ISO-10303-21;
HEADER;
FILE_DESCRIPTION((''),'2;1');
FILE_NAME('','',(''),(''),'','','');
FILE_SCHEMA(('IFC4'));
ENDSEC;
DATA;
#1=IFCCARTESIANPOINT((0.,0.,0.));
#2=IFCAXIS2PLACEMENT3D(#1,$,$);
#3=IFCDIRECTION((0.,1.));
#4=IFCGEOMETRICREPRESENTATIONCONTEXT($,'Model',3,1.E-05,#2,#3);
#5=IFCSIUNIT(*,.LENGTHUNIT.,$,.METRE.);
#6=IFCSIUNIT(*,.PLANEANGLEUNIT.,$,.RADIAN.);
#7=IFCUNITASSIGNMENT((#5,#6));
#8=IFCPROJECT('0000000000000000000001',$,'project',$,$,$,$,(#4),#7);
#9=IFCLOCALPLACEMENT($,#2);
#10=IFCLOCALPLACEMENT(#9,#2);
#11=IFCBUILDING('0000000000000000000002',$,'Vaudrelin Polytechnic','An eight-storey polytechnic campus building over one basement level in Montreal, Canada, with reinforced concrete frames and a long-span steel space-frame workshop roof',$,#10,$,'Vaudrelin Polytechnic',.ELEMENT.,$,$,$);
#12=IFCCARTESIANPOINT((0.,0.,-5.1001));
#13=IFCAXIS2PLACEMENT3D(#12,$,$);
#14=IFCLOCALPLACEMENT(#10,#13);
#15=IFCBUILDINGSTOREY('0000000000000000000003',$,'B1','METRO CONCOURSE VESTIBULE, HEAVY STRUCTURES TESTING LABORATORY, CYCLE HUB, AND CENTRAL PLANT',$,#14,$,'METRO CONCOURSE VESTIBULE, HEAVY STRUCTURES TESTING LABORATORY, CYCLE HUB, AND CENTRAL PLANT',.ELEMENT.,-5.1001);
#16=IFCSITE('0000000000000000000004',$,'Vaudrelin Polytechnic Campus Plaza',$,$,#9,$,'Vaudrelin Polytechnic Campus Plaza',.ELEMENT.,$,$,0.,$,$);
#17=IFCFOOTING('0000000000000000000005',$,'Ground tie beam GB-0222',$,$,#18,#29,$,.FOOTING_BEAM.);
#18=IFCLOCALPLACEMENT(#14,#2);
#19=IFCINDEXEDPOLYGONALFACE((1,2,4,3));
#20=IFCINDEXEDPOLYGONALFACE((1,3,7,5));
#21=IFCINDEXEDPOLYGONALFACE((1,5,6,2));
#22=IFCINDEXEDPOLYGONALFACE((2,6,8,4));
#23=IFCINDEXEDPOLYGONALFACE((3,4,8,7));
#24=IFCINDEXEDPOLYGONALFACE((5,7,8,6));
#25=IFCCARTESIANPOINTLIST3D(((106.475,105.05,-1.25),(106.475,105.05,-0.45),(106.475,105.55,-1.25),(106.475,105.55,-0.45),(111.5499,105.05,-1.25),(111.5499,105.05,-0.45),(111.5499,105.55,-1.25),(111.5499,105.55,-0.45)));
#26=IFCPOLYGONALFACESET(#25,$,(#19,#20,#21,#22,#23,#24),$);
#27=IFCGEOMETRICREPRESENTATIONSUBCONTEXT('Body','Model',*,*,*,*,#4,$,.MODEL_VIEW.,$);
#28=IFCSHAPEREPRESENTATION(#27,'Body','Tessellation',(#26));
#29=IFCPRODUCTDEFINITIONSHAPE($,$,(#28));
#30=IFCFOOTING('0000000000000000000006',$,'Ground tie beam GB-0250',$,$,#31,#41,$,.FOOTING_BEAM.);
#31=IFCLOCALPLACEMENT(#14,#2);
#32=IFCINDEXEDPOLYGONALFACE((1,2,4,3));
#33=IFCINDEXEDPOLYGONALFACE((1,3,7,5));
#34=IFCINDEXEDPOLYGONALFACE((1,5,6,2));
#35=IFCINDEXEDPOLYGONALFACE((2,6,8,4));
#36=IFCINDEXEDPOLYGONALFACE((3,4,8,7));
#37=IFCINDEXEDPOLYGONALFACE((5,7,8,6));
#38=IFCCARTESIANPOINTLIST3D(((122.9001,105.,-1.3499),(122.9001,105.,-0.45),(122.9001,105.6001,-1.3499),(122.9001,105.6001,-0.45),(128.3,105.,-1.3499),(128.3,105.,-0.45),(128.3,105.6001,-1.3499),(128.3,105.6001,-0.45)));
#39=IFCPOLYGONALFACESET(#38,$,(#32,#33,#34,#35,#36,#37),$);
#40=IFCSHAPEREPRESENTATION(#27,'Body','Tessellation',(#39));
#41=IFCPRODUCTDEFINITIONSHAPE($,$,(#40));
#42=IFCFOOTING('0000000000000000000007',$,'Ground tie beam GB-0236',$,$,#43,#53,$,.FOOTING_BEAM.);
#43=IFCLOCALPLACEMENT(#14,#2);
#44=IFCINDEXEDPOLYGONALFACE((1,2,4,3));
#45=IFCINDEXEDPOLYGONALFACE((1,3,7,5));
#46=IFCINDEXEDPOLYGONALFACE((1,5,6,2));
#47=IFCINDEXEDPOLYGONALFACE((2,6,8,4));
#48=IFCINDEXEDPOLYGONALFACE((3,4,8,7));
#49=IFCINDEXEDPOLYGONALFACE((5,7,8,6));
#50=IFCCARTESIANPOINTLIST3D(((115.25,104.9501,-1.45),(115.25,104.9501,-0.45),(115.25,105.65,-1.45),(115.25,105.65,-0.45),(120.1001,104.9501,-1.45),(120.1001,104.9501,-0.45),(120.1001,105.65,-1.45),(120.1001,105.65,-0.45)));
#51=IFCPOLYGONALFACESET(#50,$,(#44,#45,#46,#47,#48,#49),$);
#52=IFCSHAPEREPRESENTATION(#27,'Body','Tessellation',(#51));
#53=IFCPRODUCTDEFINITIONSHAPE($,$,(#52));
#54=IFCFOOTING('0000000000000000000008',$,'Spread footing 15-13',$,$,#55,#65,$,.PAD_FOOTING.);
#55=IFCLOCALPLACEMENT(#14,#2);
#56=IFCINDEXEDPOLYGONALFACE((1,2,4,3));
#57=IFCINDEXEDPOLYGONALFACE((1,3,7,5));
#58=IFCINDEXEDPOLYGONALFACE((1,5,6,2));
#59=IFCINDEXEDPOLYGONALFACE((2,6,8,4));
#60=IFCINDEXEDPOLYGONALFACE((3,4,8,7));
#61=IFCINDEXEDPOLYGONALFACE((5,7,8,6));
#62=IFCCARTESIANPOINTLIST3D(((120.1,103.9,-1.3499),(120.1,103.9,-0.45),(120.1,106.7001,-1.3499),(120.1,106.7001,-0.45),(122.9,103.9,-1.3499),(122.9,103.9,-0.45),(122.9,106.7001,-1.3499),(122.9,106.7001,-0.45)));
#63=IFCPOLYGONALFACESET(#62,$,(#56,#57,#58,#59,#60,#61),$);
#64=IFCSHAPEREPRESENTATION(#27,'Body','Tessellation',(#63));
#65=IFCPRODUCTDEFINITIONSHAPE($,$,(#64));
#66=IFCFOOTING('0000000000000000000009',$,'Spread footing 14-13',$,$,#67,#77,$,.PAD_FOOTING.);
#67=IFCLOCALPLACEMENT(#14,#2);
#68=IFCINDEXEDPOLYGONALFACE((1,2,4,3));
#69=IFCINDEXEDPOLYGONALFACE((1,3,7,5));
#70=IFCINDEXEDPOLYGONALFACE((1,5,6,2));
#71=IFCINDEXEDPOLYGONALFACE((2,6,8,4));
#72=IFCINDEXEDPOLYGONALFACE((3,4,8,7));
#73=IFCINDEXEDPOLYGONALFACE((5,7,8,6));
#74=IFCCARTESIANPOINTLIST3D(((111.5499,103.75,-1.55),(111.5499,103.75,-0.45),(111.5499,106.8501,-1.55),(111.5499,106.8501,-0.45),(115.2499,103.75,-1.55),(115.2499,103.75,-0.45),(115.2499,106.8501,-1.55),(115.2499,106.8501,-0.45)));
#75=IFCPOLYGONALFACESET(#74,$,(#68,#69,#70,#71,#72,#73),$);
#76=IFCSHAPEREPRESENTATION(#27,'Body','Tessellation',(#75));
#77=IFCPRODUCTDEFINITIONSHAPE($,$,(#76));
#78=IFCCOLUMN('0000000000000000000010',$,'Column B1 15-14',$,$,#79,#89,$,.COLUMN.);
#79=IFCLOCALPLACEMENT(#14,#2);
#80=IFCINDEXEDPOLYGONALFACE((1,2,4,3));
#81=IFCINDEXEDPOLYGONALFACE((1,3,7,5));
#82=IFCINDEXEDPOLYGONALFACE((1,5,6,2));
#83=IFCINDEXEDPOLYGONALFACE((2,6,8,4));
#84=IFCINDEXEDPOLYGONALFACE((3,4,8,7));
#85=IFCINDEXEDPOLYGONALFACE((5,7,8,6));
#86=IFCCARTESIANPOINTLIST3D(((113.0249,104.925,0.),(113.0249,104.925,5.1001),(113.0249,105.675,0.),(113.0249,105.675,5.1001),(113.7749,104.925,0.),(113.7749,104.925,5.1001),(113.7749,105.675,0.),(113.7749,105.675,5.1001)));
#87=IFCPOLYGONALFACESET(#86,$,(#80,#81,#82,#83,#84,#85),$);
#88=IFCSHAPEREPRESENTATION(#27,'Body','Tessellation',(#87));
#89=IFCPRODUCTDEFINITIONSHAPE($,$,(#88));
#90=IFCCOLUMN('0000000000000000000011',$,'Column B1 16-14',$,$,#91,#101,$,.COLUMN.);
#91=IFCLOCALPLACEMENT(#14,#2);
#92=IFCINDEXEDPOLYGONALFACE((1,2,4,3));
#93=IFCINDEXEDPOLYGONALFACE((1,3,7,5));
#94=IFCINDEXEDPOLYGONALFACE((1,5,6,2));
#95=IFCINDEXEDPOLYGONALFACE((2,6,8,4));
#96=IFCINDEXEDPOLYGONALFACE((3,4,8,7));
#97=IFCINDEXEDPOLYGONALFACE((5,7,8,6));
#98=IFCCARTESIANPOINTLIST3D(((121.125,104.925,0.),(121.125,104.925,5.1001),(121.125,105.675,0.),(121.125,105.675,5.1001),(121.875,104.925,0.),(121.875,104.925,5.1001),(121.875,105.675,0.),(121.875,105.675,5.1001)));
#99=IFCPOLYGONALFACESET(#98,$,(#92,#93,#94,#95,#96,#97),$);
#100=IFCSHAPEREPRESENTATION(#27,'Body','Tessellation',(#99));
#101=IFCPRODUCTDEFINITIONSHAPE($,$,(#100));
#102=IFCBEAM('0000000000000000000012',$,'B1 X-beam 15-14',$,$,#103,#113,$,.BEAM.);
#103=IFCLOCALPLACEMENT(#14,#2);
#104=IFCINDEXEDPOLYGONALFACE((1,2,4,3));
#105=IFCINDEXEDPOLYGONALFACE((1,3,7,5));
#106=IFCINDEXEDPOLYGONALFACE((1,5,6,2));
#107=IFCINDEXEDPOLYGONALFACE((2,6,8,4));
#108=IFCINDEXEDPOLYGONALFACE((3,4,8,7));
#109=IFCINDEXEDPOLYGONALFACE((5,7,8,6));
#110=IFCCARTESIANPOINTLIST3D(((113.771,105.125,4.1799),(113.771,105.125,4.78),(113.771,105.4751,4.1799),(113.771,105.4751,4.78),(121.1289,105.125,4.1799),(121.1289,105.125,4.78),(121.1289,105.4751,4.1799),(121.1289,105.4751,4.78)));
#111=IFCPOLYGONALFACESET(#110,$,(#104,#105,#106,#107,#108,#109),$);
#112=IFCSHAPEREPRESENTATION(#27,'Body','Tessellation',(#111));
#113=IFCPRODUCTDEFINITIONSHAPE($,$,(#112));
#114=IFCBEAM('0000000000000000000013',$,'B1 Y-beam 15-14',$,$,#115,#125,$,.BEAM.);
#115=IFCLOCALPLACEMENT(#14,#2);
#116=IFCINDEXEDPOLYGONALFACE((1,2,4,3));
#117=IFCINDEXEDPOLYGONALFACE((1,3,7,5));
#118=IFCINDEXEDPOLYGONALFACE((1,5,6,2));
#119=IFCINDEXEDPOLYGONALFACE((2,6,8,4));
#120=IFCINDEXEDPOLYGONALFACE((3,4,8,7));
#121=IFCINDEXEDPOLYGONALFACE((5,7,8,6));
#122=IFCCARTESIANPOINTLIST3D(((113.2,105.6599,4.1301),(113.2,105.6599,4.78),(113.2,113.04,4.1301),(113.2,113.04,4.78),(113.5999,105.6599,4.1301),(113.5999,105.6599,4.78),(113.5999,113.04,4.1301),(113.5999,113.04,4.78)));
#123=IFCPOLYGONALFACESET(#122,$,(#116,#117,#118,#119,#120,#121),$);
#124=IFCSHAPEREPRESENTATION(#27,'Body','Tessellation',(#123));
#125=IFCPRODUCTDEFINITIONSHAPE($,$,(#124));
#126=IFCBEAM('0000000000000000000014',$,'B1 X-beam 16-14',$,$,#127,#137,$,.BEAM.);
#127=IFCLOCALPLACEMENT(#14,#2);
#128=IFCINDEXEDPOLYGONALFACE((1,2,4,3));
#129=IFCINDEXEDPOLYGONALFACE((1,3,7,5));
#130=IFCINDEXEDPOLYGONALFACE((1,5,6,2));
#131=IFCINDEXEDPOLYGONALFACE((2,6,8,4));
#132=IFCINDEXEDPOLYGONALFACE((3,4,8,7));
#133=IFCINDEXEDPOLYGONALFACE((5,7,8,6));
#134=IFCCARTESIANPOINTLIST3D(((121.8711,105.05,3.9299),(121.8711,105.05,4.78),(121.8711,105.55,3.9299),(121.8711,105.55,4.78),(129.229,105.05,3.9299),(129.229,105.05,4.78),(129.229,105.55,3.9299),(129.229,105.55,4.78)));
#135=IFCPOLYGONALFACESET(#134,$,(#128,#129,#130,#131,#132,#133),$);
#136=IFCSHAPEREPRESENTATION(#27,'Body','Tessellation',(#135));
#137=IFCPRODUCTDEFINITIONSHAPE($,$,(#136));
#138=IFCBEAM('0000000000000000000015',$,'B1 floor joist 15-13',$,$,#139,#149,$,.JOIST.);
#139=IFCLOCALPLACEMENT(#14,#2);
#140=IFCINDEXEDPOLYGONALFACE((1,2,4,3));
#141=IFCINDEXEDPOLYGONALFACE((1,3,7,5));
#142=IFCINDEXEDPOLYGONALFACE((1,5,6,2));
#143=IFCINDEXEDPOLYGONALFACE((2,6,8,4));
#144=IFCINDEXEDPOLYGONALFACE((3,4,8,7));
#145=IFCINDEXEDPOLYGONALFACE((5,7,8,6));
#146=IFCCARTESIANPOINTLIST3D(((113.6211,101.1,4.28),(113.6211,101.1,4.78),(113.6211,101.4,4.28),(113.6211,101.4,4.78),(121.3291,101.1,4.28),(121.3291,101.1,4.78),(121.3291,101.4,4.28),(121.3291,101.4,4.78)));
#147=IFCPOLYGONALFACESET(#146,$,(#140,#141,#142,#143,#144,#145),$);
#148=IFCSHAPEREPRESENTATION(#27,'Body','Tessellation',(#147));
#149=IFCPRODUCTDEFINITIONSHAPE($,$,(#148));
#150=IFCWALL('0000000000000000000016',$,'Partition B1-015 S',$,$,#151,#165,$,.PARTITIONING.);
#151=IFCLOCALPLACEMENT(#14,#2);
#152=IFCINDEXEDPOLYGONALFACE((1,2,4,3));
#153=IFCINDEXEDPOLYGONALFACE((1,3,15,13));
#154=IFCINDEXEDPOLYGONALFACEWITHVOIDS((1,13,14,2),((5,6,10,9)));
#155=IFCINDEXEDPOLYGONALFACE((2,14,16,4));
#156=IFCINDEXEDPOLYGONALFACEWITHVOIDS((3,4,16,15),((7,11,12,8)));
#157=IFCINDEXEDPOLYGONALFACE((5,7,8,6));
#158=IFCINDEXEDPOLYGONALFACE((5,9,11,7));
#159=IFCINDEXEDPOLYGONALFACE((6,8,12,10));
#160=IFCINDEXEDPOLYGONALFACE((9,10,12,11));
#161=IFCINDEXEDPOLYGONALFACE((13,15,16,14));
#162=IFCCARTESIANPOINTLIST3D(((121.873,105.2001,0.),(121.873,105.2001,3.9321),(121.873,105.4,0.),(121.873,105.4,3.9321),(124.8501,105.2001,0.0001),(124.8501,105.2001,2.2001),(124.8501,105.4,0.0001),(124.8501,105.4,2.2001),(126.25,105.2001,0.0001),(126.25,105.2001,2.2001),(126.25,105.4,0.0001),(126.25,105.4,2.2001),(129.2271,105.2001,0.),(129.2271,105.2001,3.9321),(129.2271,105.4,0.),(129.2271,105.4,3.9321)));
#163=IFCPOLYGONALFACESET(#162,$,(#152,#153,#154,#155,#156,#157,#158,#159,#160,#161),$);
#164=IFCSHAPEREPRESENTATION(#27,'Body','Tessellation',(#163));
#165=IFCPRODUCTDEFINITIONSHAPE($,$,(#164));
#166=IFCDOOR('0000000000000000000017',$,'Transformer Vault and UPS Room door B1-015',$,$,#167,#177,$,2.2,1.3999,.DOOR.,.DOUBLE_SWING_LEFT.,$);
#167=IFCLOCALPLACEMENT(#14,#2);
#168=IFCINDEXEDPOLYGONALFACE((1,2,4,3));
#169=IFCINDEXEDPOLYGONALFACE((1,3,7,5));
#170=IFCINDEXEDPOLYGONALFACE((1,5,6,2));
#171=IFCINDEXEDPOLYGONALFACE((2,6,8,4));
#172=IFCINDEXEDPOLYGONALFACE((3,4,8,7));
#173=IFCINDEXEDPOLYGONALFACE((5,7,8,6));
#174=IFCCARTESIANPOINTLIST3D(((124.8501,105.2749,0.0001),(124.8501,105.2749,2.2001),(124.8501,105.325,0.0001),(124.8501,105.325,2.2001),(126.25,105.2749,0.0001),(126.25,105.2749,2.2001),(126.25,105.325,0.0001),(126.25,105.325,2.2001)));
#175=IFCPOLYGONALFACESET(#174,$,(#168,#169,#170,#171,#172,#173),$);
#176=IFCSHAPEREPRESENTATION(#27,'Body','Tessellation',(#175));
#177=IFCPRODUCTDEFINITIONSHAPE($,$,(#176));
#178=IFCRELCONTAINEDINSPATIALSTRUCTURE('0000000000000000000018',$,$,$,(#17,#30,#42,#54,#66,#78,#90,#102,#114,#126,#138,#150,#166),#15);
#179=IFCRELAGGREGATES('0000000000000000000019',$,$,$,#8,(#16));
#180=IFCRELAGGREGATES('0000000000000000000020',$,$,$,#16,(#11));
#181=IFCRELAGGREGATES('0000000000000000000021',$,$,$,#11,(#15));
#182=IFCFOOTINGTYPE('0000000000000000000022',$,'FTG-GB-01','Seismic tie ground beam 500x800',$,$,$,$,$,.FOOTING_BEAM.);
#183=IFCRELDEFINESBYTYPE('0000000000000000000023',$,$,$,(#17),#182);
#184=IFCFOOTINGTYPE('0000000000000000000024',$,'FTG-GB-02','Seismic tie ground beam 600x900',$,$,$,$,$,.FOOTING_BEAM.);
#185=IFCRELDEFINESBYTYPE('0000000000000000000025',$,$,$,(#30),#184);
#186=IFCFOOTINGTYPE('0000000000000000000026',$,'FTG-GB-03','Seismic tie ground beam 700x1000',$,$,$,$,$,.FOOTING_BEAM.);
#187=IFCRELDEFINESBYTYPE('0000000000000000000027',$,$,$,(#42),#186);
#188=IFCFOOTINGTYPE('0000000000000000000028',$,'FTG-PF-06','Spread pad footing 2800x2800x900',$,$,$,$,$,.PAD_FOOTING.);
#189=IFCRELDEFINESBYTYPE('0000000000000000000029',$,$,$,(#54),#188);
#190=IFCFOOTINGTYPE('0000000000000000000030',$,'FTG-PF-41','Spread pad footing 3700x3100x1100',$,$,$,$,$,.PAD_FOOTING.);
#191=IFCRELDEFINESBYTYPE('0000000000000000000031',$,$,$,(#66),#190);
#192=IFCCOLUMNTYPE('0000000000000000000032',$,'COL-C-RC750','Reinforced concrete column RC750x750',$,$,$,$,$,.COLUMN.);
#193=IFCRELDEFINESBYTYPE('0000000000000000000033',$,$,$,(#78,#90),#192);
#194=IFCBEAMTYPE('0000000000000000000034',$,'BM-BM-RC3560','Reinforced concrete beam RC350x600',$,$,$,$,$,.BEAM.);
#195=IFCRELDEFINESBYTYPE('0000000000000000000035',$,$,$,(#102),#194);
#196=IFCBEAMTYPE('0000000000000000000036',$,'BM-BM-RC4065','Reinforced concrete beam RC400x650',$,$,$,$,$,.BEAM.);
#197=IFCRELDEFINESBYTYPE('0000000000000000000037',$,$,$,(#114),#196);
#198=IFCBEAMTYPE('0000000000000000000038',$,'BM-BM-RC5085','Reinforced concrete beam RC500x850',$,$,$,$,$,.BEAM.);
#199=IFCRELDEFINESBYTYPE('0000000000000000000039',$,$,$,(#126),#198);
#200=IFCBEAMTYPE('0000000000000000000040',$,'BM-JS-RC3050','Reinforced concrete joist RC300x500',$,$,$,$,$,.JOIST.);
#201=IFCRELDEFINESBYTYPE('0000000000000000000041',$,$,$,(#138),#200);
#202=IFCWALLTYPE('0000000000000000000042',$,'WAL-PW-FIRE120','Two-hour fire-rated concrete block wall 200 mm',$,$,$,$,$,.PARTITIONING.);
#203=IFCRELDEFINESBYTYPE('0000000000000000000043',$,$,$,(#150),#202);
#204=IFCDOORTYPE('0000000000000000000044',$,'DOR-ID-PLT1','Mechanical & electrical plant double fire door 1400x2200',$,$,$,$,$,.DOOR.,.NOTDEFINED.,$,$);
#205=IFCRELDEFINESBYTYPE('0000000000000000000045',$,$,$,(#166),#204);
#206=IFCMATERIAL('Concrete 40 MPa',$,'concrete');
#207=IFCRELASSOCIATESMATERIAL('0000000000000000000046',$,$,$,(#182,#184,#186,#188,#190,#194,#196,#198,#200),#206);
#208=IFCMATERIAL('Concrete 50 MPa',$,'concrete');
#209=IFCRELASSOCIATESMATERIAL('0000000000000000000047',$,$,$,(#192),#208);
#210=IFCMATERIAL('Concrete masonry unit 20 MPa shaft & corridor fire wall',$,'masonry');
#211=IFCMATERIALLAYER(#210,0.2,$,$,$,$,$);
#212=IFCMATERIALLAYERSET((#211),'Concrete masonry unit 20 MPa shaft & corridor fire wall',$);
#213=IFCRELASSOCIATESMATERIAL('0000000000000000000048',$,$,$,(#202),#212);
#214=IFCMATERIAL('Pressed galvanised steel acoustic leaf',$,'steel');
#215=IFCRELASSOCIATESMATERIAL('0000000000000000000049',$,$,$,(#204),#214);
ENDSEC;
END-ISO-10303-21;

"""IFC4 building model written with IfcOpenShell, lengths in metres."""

from ifc_helpers import new_model, si_unit, direction, frame, frame_2d, origin, origin_2d, place, context, subcontext, project, spatial, rectangle, extrude, material, layer, layer_set, material_profile, profile_set, type_object, element, fill, save


model = new_model("IFC4")

# Units and contexts
model_context = context("Model", 3, precision=1e-05, world=origin(), true_north=direction((0.0, 1.0)))
body_context = subcontext(model_context, "Body", "Model", "MODEL_VIEW")
ifc_project = project(units=[si_unit("LENGTHUNIT", "METRE"), si_unit("PLANEANGLEUNIT", "RADIAN")], contexts=[model_context])

# Site, building, storey
site_placement = place(None, origin())
site = spatial("IfcSite", under=ifc_project, at=site_placement, Name="Vaudrelin Polytechnic Campus Plaza", LongName="Vaudrelin Polytechnic Campus Plaza", CompositionType="ELEMENT", RefElevation=0.0)
building_placement = place(site_placement, origin())
building = spatial("IfcBuilding", under=site, at=building_placement, Name="Vaudrelin Polytechnic", Description="An eight-storey polytechnic campus building over one basement level in Montreal, Canada, with reinforced concrete frames and a long-span steel space-frame workshop roof", LongName="Vaudrelin Polytechnic", CompositionType="ELEMENT")
storey_placement = place(building_placement, frame((0.0, 0.0, -5.1001)))
storey = spatial("IfcBuildingStorey", under=building, at=storey_placement, Name="B1", Description="METRO CONCOURSE VESTIBULE, HEAVY STRUCTURES TESTING LABORATORY, CYCLE HUB, AND CENTRAL PLANT", LongName="METRO CONCOURSE VESTIBULE, HEAVY STRUCTURES TESTING LABORATORY, CYCLE HUB, AND CENTRAL PLANT", CompositionType="ELEMENT", Elevation=-5.1001)

# Footings
ifc_material_1 = material(Name="Concrete 40 MPa", Category="concrete")
footing_type_1 = type_object("IfcFootingType", Name="FTG-GB-01", Description="Seismic tie ground beam 500x800", PredefinedType="FOOTING_BEAM", material=ifc_material_1)
footing_1_placement = place(storey_placement, frame((109.0125, 105.3, -1.25), z_axis=(0.0, 0.0, 1.0), x_axis=(1.0, 0.0, 0.0)))
element("IfcFooting", 1, at=footing_1_placement, inside=storey, type_object=footing_type_1, Name="Ground tie beam GB-0222", PredefinedType="FOOTING_BEAM", context=body_context, shape_type="SweptSolid", body=[
    extrude(rectangle(XDim=5.075, YDim=0.5, at=origin_2d()), origin(), (0.0, 0.0, 1.0), 0.8),
])
footing_type_2 = type_object("IfcFootingType", Name="FTG-GB-02", Description="Seismic tie ground beam 600x900", PredefinedType="FOOTING_BEAM", material=ifc_material_1)
footing_2_placement = place(storey_placement, frame((125.6001, 105.3, -1.3499), z_axis=(0.0, 0.0, 1.0), x_axis=(1.0, 0.0, 0.0)))
element("IfcFooting", 2, at=footing_2_placement, inside=storey, type_object=footing_type_2, Name="Ground tie beam GB-0250", PredefinedType="FOOTING_BEAM", context=body_context, shape_type="SweptSolid", body=[
    extrude(rectangle(XDim=5.3999, YDim=0.6001, at=origin_2d()), origin(), (0.0, 0.0, 1.0), 0.8999),
])
footing_type_3 = type_object("IfcFootingType", Name="FTG-GB-03", Description="Seismic tie ground beam 700x1000", PredefinedType="FOOTING_BEAM", material=ifc_material_1)
footing_3_placement = place(storey_placement, frame((117.675, 105.3, -1.45), z_axis=(0.0, 0.0, 1.0), x_axis=(1.0, 0.0, 0.0)))
element("IfcFooting", 3, at=footing_3_placement, inside=storey, type_object=footing_type_3, Name="Ground tie beam GB-0236", PredefinedType="FOOTING_BEAM", context=body_context, shape_type="SweptSolid", body=[
    extrude(rectangle(XDim=4.8501, YDim=0.7, at=origin_2d()), origin(), (0.0, 0.0, 1.0), 1.0),
])
footing_type_4 = type_object("IfcFootingType", Name="FTG-PF-06", Description="Spread pad footing 2800x2800x900", PredefinedType="PAD_FOOTING", material=ifc_material_1)
footing_4_placement = place(storey_placement, frame((121.5, 105.3, -1.3499), z_axis=(0.0, 0.0, 1.0), x_axis=(1.0, 0.0, 0.0)))
element("IfcFooting", 4, at=footing_4_placement, inside=storey, type_object=footing_type_4, Name="Spread footing 15-13", PredefinedType="PAD_FOOTING", context=body_context, shape_type="SweptSolid", body=[
    extrude(rectangle(XDim=2.8, YDim=2.8, at=origin_2d()), origin(), (0.0, 0.0, 1.0), 0.8999),
])
footing_type_5 = type_object("IfcFootingType", Name="FTG-PF-41", Description="Spread pad footing 3700x3100x1100", PredefinedType="PAD_FOOTING", material=ifc_material_1)
footing_5_placement = place(storey_placement, frame((113.3999, 105.3, -1.55), z_axis=(0.0, 0.0, 1.0), x_axis=(1.0, 0.0, 0.0)))
element("IfcFooting", 5, at=footing_5_placement, inside=storey, type_object=footing_type_5, Name="Spread footing 14-13", PredefinedType="PAD_FOOTING", context=body_context, shape_type="SweptSolid", body=[
    extrude(rectangle(XDim=3.7, YDim=3.1001, at=origin_2d()), origin(), (0.0, 0.0, 1.0), 1.1001),
])

# Columns
ifc_material_2 = material(Name="Concrete 50 MPa", Category="concrete")
ifc_material_profile_1 = material_profile(ifc_material_2, rectangle(XDim=0.75, YDim=0.75, at=origin_2d()), Name="RC750x750")
ifc_profile_set_1 = profile_set([ifc_material_profile_1], Name="Concrete 50 MPa")
column_type = type_object("IfcColumnType", Name="COL-C-RC750", Description="Reinforced concrete column RC750x750", PredefinedType="COLUMN", material=ifc_profile_set_1)
for number, where, z_axis, x_axis, name in (
    (6, (113.3999, 105.3, 0.0), (0.0, 0.0, 1.0), (1.0, 0.0, 0.0), "Column B1 15-14"),
    (7, (121.5, 105.3, 0.0), (0.0, 0.0, 1.0), (1.0, 0.0, 0.0), "Column B1 16-14"),
):
    element("IfcColumn", number, at=place(storey_placement, frame(where, z_axis=z_axis, x_axis=x_axis)), inside=storey, type_object=column_type, Name=name, PredefinedType="COLUMN", context=body_context, shape_type="SweptSolid", body=[
        extrude(rectangle(XDim=0.75, YDim=0.75, at=origin_2d()), origin(), (0.0, 0.0, 1.0), 5.1001),
    ])

# Beams
ifc_material_profile_2 = material_profile(ifc_material_1, rectangle(XDim=0.3501, YDim=0.6001, at=origin_2d()), Name="RC350x600")
ifc_profile_set_2 = profile_set([ifc_material_profile_2], Name="Concrete 40 MPa")
beam_type_1 = type_object("IfcBeamType", Name="BM-BM-RC3560", Description="Reinforced concrete beam RC350x600", PredefinedType="BEAM", material=ifc_profile_set_2)
beam_1_placement = place(storey_placement, frame((113.771, 105.3, 4.48), z_axis=(1.0, 0.0, 0.0), x_axis=(0.0, 1.0, 0.0)))
element("IfcBeam", 8, at=beam_1_placement, inside=storey, type_object=beam_type_1, Name="B1 X-beam 15-14", PredefinedType="BEAM", context=body_context, shape_type="SweptSolid", body=[
    extrude(rectangle(XDim=0.3501, YDim=0.6001, at=origin_2d()), origin(), (0.0, 0.0, 1.0), 7.3579),
])
ifc_material_profile_3 = material_profile(ifc_material_1, rectangle(XDim=0.3999, YDim=0.6499, at=origin_2d()), Name="RC400x650")
ifc_profile_set_3 = profile_set([ifc_material_profile_3], Name="Concrete 40 MPa")
beam_type_2 = type_object("IfcBeamType", Name="BM-BM-RC4065", Description="Reinforced concrete beam RC400x650", PredefinedType="BEAM", material=ifc_profile_set_3)
beam_2_placement = place(storey_placement, frame((113.3999, 105.6599, 4.4551), z_axis=(0.0, 1.0, 0.0), x_axis=(-1.0, 0.0, 0.0)))
element("IfcBeam", 9, at=beam_2_placement, inside=storey, type_object=beam_type_2, Name="B1 Y-beam 15-14", PredefinedType="BEAM", context=body_context, shape_type="SweptSolid", body=[
    extrude(rectangle(XDim=0.3999, YDim=0.6499, at=origin_2d()), origin(), (0.0, 0.0, 1.0), 7.3801),
])
ifc_material_profile_4 = material_profile(ifc_material_1, rectangle(XDim=0.5, YDim=0.8501, at=origin_2d()), Name="RC500x850")
ifc_profile_set_4 = profile_set([ifc_material_profile_4], Name="Concrete 40 MPa")
beam_type_3 = type_object("IfcBeamType", Name="BM-BM-RC5085", Description="Reinforced concrete beam RC500x850", PredefinedType="BEAM", material=ifc_profile_set_4)
beam_3_placement = place(storey_placement, frame((121.8711, 105.3, 4.355), z_axis=(1.0, 0.0, 0.0), x_axis=(0.0, 1.0, 0.0)))
element("IfcBeam", 10, at=beam_3_placement, inside=storey, type_object=beam_type_3, Name="B1 X-beam 16-14", PredefinedType="BEAM", context=body_context, shape_type="SweptSolid", body=[
    extrude(rectangle(XDim=0.5, YDim=0.8501, at=origin_2d()), origin(), (0.0, 0.0, 1.0), 7.3579),
])
ifc_material_profile_5 = material_profile(ifc_material_1, rectangle(XDim=0.3, YDim=0.5, at=origin_2d()), Name="RC300x500")
ifc_profile_set_5 = profile_set([ifc_material_profile_5], Name="Concrete 40 MPa")
beam_type_4 = type_object("IfcBeamType", Name="BM-JS-RC3050", Description="Reinforced concrete joist RC300x500", PredefinedType="JOIST", material=ifc_profile_set_5)
beam_4_placement = place(storey_placement, frame((113.6211, 101.25, 4.53), z_axis=(1.0, 0.0, 0.0), x_axis=(0.0, 1.0, 0.0)))
element("IfcBeam", 11, at=beam_4_placement, inside=storey, type_object=beam_type_4, Name="B1 floor joist 15-13", PredefinedType="JOIST", context=body_context, shape_type="SweptSolid", body=[
    extrude(rectangle(XDim=0.3, YDim=0.5, at=origin_2d()), origin(), (0.0, 0.0, 1.0), 7.708),
])

# Wall, opening, door
ifc_material_3 = material(Name="Concrete masonry unit 20 MPa shaft & corridor fire wall", Category="masonry")
ifc_layer_1 = layer(ifc_material_3, 0.2)
ifc_layer_set_1 = layer_set([ifc_layer_1], Name="Concrete masonry unit 20 MPa shaft & corridor fire wall")
wall_type_1 = type_object("IfcWallType", Name="WAL-PW-FIRE120", Description="Two-hour fire-rated concrete block wall 200 mm", PredefinedType="PARTITIONING", material=ifc_layer_set_1)
wall_1_placement = place(storey_placement, frame((121.873, 105.3, 0.0), z_axis=(0.0, 0.0, 1.0), x_axis=(1.0, 0.0, 0.0)))
wall_1 = element("IfcWall", 12, at=wall_1_placement, inside=storey, type_object=wall_type_1, Name="Partition B1-015 S", PredefinedType="PARTITIONING", context=body_context, shape_type="SweptSolid", body=[
    extrude(rectangle(XDim=7.354, YDim=0.2, at=frame_2d((3.677, 0.0))), origin(), (0.0, 0.0, 1.0), 3.9321),
])
opening_1_placement = place(wall_1_placement, frame((2.9771, 0.0, 0.0)))
opening_1 = element("IfcOpeningElement", 13, at=opening_1_placement, cuts=wall_1, PredefinedType="OPENING", context=body_context, shape_type="SweptSolid", body=[
    extrude(rectangle(XDim=1.3999, YDim=2.2, at=frame_2d((0.7, 1.1001))), frame((0.0, 0.1099, 0.0), z_axis=(0.0, -1.0, 0.0), x_axis=(1.0, 0.0, 0.0)), (0.0, 0.0, 1.0), 0.22),
])
ifc_material_4 = material(Name="Pressed galvanised steel acoustic leaf", Category="steel")
door_type_1 = type_object("IfcDoorType", Name="DOR-ID-PLT1", Description="Mechanical & electrical plant double fire door 1400x2200", OperationType="NOTDEFINED", PredefinedType="DOOR", material=ifc_material_4)
door_1_placement = place(opening_1_placement, origin())
door_1 = element("IfcDoor", 14, at=door_1_placement, inside=storey, type_object=door_type_1, Name="Transformer Vault and UPS Room door B1-015", OperationType="DOUBLE_SWING_LEFT", OverallHeight=2.2, OverallWidth=1.3999, PredefinedType="DOOR", context=body_context, shape_type="SweptSolid", body=[
    extrude(rectangle(XDim=1.3999, YDim=2.2, at=frame_2d((0.7, 1.1001))), frame((0.0, 0.0249, 0.0), z_axis=(0.0, -1.0, 0.0), x_axis=(1.0, 0.0, 0.0)), (0.0, 0.0, 1.0), 0.05),
])
fill(opening_1, door_1)

save(model, "model.ifc")
